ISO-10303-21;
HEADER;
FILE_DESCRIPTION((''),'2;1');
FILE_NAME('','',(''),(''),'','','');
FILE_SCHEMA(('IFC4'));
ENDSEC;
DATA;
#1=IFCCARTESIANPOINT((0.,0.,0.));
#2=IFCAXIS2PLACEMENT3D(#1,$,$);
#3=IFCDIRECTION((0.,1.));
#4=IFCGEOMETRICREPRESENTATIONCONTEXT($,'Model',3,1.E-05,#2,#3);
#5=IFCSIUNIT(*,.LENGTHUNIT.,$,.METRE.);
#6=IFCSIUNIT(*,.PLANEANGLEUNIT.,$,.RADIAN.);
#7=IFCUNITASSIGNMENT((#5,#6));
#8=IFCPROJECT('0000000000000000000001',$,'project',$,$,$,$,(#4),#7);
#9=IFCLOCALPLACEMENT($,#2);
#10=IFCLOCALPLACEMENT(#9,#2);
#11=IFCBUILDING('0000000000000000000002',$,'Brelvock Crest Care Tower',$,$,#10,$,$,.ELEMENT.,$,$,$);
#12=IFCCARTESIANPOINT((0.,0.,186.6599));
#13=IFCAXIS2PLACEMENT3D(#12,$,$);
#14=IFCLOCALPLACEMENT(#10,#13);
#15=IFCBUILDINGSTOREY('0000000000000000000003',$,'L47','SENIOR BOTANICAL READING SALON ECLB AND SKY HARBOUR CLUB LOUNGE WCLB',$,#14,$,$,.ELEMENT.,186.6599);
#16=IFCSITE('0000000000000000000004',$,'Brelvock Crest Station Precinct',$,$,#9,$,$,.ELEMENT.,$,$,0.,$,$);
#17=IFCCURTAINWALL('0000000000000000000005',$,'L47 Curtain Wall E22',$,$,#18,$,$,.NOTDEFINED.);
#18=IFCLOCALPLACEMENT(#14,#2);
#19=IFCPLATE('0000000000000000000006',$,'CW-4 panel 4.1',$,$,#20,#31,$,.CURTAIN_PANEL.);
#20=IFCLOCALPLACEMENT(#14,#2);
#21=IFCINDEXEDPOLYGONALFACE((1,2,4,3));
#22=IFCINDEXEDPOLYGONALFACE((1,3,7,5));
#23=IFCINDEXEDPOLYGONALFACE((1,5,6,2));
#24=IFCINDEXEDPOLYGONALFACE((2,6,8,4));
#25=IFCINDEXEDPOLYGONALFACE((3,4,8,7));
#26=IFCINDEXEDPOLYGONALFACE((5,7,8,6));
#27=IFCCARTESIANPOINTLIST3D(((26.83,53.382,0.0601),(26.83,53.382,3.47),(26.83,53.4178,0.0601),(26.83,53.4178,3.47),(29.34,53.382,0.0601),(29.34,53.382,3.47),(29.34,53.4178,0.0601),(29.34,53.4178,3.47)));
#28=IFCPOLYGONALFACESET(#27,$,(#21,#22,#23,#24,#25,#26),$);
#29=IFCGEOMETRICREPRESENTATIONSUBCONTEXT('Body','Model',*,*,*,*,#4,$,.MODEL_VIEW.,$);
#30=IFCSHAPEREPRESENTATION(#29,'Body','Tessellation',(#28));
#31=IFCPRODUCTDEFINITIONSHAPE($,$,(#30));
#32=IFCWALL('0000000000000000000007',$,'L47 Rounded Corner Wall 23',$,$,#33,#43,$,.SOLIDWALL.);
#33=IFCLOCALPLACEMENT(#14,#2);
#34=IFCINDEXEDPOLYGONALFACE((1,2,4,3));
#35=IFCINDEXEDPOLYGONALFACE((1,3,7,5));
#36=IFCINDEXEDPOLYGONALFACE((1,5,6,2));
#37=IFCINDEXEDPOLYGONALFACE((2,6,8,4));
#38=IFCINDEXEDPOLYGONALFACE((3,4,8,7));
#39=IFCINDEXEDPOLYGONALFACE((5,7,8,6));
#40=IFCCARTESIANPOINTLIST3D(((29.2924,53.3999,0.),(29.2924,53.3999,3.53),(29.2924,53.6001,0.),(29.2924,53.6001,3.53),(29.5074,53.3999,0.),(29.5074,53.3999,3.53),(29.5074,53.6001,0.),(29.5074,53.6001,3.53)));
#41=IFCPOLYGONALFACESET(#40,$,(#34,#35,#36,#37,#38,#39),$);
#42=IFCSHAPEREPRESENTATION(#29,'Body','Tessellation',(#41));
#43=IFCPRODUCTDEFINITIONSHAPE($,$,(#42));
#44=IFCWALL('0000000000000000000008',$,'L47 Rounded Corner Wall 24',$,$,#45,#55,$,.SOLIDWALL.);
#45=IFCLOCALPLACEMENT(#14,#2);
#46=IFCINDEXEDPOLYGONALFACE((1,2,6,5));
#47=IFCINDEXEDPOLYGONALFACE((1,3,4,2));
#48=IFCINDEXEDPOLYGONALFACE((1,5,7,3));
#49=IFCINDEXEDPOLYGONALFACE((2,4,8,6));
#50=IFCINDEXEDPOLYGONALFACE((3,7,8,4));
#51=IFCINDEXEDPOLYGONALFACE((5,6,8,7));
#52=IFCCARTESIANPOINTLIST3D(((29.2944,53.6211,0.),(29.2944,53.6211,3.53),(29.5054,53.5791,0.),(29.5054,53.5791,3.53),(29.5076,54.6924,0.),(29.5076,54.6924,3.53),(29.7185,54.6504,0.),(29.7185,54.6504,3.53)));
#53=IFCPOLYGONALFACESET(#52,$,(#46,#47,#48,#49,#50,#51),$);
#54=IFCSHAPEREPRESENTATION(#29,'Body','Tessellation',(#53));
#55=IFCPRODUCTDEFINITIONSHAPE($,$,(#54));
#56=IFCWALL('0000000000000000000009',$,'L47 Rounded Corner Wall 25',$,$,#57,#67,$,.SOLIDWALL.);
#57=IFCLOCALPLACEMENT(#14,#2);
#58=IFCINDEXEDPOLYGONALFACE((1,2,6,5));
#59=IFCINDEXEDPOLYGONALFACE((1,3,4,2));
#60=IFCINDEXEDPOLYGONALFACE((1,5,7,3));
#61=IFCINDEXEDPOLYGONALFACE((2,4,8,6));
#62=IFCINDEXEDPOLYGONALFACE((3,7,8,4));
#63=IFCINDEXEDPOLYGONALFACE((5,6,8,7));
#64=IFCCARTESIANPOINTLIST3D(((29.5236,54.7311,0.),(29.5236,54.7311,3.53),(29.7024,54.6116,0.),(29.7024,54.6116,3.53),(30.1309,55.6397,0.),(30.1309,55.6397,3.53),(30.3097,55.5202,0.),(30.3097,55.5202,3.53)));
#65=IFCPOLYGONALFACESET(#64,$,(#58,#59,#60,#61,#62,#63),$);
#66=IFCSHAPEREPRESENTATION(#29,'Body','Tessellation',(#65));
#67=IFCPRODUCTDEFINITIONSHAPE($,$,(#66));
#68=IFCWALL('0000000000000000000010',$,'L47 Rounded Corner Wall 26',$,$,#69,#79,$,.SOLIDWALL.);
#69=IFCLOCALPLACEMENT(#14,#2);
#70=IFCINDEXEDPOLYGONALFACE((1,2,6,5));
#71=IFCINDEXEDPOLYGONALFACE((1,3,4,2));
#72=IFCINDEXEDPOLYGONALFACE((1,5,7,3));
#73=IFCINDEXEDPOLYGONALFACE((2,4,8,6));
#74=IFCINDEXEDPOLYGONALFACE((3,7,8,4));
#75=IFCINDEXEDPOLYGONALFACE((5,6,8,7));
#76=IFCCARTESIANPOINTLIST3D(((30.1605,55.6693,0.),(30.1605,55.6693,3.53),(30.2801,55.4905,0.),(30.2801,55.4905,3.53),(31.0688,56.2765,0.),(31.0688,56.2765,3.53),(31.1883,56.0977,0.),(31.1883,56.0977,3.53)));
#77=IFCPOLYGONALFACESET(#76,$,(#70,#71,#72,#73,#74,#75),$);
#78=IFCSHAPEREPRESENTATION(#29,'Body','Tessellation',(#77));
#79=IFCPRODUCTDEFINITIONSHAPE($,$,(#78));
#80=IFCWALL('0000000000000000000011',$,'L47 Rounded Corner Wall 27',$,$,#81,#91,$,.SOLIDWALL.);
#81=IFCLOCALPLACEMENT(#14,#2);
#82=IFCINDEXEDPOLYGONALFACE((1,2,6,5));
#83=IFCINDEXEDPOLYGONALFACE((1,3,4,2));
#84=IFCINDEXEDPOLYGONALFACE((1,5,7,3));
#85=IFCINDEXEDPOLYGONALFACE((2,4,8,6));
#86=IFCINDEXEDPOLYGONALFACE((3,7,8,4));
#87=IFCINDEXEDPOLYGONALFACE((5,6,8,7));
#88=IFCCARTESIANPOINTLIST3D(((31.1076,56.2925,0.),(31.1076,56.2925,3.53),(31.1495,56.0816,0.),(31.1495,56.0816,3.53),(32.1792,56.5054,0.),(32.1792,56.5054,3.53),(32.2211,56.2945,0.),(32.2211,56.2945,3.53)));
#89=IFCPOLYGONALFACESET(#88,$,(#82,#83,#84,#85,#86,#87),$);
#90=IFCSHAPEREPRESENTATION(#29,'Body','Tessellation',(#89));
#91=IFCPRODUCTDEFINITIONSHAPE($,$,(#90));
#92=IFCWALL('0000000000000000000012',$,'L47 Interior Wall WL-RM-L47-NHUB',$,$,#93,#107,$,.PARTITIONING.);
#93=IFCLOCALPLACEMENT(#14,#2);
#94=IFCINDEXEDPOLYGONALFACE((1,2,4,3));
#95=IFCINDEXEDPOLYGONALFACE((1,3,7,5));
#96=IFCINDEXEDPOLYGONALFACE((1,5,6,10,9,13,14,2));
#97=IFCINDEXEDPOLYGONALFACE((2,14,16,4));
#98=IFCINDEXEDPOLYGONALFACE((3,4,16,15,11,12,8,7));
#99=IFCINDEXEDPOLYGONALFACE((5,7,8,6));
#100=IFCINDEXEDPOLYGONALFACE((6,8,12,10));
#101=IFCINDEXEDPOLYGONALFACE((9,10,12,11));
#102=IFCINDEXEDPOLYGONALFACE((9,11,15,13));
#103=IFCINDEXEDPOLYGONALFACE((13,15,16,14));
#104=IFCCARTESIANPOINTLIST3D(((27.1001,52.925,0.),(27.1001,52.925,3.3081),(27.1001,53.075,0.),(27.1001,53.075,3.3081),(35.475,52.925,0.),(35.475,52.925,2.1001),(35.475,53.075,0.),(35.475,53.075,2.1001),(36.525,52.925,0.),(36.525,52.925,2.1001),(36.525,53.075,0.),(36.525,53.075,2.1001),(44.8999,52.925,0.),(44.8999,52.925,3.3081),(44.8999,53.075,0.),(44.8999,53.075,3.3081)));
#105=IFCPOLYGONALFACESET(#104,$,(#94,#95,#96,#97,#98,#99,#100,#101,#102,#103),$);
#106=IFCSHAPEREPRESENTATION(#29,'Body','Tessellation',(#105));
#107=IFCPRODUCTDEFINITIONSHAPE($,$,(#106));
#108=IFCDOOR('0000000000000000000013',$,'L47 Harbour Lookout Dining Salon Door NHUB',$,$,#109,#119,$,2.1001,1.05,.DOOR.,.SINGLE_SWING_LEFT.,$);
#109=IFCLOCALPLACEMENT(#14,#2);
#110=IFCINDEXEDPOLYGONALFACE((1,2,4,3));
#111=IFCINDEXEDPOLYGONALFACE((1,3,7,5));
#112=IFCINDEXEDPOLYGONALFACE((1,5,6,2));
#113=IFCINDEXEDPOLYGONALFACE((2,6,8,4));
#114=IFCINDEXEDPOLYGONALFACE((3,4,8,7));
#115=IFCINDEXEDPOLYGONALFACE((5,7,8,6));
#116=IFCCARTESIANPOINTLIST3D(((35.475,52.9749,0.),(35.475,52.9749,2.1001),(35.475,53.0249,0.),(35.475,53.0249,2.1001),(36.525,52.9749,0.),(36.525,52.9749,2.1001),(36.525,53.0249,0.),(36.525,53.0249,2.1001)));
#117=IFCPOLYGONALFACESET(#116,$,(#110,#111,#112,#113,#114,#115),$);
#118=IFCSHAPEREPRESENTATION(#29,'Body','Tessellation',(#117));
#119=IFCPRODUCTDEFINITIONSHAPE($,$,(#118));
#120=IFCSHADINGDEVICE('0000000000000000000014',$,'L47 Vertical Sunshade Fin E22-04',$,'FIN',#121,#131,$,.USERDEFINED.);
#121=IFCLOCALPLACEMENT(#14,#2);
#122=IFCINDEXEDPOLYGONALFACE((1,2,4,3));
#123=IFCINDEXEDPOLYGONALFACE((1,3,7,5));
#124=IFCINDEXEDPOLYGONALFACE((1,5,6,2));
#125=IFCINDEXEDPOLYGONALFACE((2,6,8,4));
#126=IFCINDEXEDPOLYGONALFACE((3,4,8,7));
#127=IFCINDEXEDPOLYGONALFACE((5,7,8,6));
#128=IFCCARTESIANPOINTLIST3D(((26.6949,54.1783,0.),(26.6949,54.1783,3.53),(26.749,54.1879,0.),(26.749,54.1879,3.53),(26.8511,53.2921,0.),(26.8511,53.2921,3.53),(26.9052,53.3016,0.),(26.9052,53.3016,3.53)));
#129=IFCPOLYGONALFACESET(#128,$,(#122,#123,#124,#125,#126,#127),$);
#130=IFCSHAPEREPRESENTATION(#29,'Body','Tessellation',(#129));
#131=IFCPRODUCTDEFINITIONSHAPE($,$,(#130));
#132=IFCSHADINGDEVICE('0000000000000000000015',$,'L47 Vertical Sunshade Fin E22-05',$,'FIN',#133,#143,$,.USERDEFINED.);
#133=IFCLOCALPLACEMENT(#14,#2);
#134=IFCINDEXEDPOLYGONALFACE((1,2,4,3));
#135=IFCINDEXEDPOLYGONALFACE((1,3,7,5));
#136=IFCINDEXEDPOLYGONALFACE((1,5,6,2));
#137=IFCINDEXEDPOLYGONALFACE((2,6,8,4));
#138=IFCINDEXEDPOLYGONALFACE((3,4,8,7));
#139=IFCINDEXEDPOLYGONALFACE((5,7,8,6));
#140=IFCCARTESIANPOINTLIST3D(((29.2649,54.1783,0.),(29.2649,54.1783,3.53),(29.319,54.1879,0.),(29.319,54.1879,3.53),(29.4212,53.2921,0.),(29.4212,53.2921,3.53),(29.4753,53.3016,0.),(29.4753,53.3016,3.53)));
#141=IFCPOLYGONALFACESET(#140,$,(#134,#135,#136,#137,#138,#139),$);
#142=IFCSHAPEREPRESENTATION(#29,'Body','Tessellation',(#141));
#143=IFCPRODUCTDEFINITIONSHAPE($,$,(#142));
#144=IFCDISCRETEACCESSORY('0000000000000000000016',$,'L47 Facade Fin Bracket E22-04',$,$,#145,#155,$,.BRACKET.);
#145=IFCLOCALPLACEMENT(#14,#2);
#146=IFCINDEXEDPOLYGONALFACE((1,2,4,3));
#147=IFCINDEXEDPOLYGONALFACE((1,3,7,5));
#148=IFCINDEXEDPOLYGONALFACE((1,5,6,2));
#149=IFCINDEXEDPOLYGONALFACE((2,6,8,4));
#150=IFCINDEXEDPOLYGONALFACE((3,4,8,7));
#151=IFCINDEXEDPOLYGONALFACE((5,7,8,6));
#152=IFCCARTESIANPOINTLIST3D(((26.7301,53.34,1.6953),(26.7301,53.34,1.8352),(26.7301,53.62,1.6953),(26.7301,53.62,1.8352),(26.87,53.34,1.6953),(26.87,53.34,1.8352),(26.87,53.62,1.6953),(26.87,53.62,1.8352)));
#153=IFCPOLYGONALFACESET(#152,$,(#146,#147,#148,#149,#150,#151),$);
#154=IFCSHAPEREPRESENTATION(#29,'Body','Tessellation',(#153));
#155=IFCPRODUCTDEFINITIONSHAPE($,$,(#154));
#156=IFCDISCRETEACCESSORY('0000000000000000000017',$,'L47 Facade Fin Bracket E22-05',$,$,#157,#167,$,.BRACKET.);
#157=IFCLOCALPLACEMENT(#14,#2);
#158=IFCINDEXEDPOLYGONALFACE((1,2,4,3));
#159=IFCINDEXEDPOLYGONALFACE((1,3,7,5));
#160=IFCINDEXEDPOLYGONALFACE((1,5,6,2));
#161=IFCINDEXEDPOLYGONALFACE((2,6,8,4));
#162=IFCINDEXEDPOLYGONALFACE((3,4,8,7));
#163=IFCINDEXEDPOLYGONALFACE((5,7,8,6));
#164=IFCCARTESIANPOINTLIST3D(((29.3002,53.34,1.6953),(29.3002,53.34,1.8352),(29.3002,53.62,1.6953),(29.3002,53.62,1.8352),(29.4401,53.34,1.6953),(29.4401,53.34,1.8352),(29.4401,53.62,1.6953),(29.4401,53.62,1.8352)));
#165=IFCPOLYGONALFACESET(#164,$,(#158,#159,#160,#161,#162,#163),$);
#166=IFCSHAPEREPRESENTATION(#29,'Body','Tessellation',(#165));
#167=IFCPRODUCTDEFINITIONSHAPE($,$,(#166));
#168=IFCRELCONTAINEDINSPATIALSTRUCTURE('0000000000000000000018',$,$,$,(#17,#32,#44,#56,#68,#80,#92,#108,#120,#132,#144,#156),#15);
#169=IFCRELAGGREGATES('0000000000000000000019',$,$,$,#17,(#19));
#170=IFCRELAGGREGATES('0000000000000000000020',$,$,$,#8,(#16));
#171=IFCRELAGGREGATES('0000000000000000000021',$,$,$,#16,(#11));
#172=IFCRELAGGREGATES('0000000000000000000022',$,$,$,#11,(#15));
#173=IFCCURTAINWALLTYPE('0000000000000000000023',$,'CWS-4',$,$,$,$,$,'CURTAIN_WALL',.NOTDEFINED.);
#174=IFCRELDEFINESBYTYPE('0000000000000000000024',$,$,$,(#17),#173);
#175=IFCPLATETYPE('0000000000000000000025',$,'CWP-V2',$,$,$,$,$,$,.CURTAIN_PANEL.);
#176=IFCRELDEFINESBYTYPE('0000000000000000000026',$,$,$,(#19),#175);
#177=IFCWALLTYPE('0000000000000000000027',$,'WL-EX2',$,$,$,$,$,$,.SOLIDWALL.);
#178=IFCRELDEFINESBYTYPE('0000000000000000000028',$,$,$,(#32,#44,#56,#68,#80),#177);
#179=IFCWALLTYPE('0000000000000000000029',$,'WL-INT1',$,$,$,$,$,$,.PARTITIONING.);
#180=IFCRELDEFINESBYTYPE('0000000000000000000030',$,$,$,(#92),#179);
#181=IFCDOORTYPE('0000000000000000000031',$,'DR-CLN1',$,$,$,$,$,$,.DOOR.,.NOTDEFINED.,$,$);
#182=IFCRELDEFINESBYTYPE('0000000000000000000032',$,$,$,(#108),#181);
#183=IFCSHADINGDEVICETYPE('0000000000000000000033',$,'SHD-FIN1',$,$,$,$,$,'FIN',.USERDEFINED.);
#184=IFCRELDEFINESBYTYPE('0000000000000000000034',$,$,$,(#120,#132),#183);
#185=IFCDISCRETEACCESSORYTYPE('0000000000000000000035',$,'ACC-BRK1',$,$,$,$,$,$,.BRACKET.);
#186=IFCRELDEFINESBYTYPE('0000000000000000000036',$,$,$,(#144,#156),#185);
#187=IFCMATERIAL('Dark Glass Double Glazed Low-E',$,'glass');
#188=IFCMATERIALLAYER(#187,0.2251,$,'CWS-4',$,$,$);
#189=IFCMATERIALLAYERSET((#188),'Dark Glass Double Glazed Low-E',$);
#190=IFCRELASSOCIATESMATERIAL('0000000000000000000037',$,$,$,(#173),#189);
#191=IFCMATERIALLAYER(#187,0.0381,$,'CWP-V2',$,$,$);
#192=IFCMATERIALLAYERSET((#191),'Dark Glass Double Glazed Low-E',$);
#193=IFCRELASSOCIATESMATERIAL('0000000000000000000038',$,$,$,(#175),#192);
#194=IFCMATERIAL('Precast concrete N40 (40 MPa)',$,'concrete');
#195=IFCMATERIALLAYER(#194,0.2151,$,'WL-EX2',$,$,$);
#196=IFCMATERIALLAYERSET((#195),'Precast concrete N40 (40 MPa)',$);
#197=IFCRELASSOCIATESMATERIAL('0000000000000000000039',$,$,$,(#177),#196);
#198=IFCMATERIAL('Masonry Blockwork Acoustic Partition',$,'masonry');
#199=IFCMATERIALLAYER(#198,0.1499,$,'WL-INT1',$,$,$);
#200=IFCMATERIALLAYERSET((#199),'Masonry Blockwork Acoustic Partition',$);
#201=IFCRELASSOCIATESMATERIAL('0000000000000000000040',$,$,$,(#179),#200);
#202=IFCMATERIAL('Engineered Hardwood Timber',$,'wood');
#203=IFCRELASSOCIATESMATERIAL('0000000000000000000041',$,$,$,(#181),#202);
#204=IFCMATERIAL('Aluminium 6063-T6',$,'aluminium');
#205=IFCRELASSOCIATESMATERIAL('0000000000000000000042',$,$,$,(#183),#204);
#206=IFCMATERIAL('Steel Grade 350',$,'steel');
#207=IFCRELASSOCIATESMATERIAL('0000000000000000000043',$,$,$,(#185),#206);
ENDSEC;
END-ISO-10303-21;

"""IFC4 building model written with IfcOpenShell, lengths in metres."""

from ifc_helpers import new_model, si_unit, direction, frame, frame_2d, origin, origin_2d, place, context, subcontext, project, spatial, rectangle, extrude, source, transform, mapped, material, layer, layer_set, material_profile, profile_set, type_object, element, fill, aggregate, save


model = new_model("IFC4")

# Units and contexts
model_context = context("Model", 3, precision=1e-05, world=origin(), true_north=direction((0.0, 1.0)))
body_context = subcontext(model_context, "Body", "Model", "MODEL_VIEW")
ifc_project = project(units=[si_unit("LENGTHUNIT", "METRE"), si_unit("PLANEANGLEUNIT", "RADIAN")], contexts=[model_context])

# Site, building, storey
site_placement = place(None, origin())
site = spatial("IfcSite", under=ifc_project, at=site_placement, Name="Brelvock Crest Station Precinct", CompositionType="ELEMENT", RefElevation=0.0)
building_placement = place(site_placement, origin())
building = spatial("IfcBuilding", under=site, at=building_placement, Name="Brelvock Crest Care Tower", CompositionType="ELEMENT")
storey_placement = place(building_placement, frame((0.0, 0.0, 186.6599)))
storey = spatial("IfcBuildingStorey", under=building, at=storey_placement, Name="L47", Description="SENIOR BOTANICAL READING SALON ECLB AND SKY HARBOUR CLUB LOUNGE WCLB", CompositionType="ELEMENT", Elevation=186.6599)

# Shared definitions
ifc_material_1 = material(Name="Steel Grade 350", Category="steel")

# Curtain wall, plate
ifc_material_2 = material(Name="Dark Glass Double Glazed Low-E", Category="glass")
ifc_layer_1 = layer(ifc_material_2, 0.2251, Name="CWS-4")
ifc_layer_set_1 = layer_set([ifc_layer_1], Name="Dark Glass Double Glazed Low-E")
curtain_wall_type = type_object("IfcCurtainWallType", Name="CWS-4", ElementType="CURTAIN_WALL", PredefinedType="NOTDEFINED", material=ifc_layer_set_1)
curtain_wall_placement = place(storey_placement, origin())
curtain_wall = element("IfcCurtainWall", 1, at=curtain_wall_placement, inside=storey, type_object=curtain_wall_type, Name="L47 Curtain Wall E22", PredefinedType="NOTDEFINED")
ifc_material_3 = material(Name="Aluminium 6063-T6", Category="aluminium")
ifc_layer_2 = layer(ifc_material_2, 0.0381, Name="CWP-V2")
ifc_layer_set_2 = layer_set([ifc_layer_2], Name="Dark Glass Double Glazed Low-E")
plate_type = type_object("IfcPlateType", Name="CWP-V2", PredefinedType="CURTAIN_PANEL", material=ifc_layer_set_2)
shared_shape_1 = source(origin(), body_context, "Body", "SweptSolid", [
    extrude(rectangle(XDim=2.51, YDim=0.0359, at=origin_2d()), origin(), (0.0, 0.0, 1.0), 3.4099),
])
plate_placement = place(storey_placement, frame((28.085, 53.3999, 0.0601), z_axis=(0.0, 0.0, 1.0), x_axis=(1.0, 0.0, 0.0)))
plate = element("IfcPlate", 2, at=plate_placement, type_object=plate_type, Name="CW-4 panel 4.1", PredefinedType="CURTAIN_PANEL", context=body_context, shape_type="MappedRepresentation", body=[
    mapped(shared_shape_1, transform((0.0, 0.0, 0.0), x_axis=(1.0, 0.0, 0.0), y_axis=(0.0, 1.0, 0.0), z_axis=(0.0, 0.0, 1.0), scale=1.0)),
])
aggregate(curtain_wall, [plate])

# Walls
ifc_material_4 = material(Name="Precast concrete N40 (40 MPa)", Category="concrete")
ifc_layer_3 = layer(ifc_material_4, 0.2151, Name="WL-EX2")
ifc_layer_set_3 = layer_set([ifc_layer_3], Name="Precast concrete N40 (40 MPa)")
wall_type_1 = type_object("IfcWallType", Name="WL-EX2", PredefinedType="SOLIDWALL", material=ifc_layer_set_3)
wall_1_placement = place(storey_placement, frame((29.3999, 53.3999, 0.0), z_axis=(0.0, 0.0, 1.0), x_axis=(0.0, 1.0, 0.0)))
element("IfcWall", 3, at=wall_1_placement, inside=storey, type_object=wall_type_1, Name="L47 Rounded Corner Wall 23", PredefinedType="SOLIDWALL", context=body_context, shape_type="SweptSolid", body=[
    extrude(rectangle(XDim=0.2002, YDim=0.2151, at=frame_2d((0.1001, 0.0))), origin(), (0.0, 0.0, 1.0), 3.53),
])
wall_2_placement = place(storey_placement, frame((29.3999, 53.6001, 0.0), z_axis=(0.0, 0.0, 1.0), x_axis=(0.195127, 0.980778, 0.0)))
element("IfcWall", 4, at=wall_2_placement, inside=storey, type_object=wall_type_1, Name="L47 Rounded Corner Wall 24", PredefinedType="SOLIDWALL", context=body_context, shape_type="SweptSolid", body=[
    extrude(rectangle(XDim=1.0923, YDim=0.2151, at=frame_2d((0.5461, 0.0))), origin(), (0.0, 0.0, 1.0), 3.53),
])
wall_3_placement = place(storey_placement, frame((29.613, 54.6714, 0.0), z_axis=(0.0, 0.0, 1.0), x_axis=(0.555679, 0.831397, 0.0)))
element("IfcWall", 5, at=wall_3_placement, inside=storey, type_object=wall_type_1, Name="L47 Rounded Corner Wall 25", PredefinedType="SOLIDWALL", context=body_context, shape_type="SweptSolid", body=[
    extrude(rectangle(XDim=1.0928, YDim=0.2151, at=frame_2d((0.5464, 0.0))), origin(), (0.0, 0.0, 1.0), 3.53),
])
for number, where, z_axis, x_axis, name in (
    (6, (30.2202, 55.5798, 0.0), (0.0, 0.0, 1.0), (0.831328, 0.555783, 0.0), "L47 Rounded Corner Wall 26"),
    (7, (31.1284, 56.187, 0.0), (0.0, 0.0, 1.0), (0.980829, 0.19487, 0.0), "L47 Rounded Corner Wall 27"),
):
    element("IfcWall", number, at=place(storey_placement, frame(where, z_axis=z_axis, x_axis=x_axis)), inside=storey, type_object=wall_type_1, Name=name, PredefinedType="SOLIDWALL", context=body_context, shape_type="SweptSolid", body=[
        extrude(rectangle(XDim=1.0925, YDim=0.2151, at=frame_2d((0.5464, 0.0))), origin(), (0.0, 0.0, 1.0), 3.53),
    ])

# Wall, opening, door
ifc_material_5 = material(Name="Masonry Blockwork Acoustic Partition", Category="masonry")
ifc_layer_4 = layer(ifc_material_5, 0.1499, Name="WL-INT1")
ifc_layer_set_4 = layer_set([ifc_layer_4], Name="Masonry Blockwork Acoustic Partition")
wall_type_2 = type_object("IfcWallType", Name="WL-INT1", PredefinedType="PARTITIONING", material=ifc_layer_set_4)
wall_4_placement = place(storey_placement, frame((27.1001, 53.0, 0.0), z_axis=(0.0, 0.0, 1.0), x_axis=(1.0, 0.0, 0.0)))
wall_4 = element("IfcWall", 8, at=wall_4_placement, inside=storey, type_object=wall_type_2, Name="L47 Interior Wall WL-RM-L47-NHUB", PredefinedType="PARTITIONING", context=body_context, shape_type="SweptSolid", body=[
    extrude(rectangle(XDim=17.7998, YDim=0.1499, at=frame_2d((8.8999, 0.0))), origin(), (0.0, 0.0, 1.0), 3.3081),
])
opening_placement = place(wall_4_placement, frame((8.375, 0.0, 0.0)))
opening = element("IfcOpeningElement", 9, at=opening_placement, cuts=wall_4, PredefinedType="OPENING", context=body_context, shape_type="SweptSolid", body=[
    extrude(rectangle(XDim=1.05, YDim=2.1001, at=origin_2d()), frame((0.5249, 0.085, 1.05), z_axis=(0.0, -1.0, 0.0), x_axis=(1.0, 0.0, 0.0)), (0.0, 0.0, 1.0), 0.1699),
])
ifc_material_6 = material(Name="Engineered Hardwood Timber", Category="wood")
door_type = type_object("IfcDoorType", Name="DR-CLN1", OperationType="NOTDEFINED", PredefinedType="DOOR", material=ifc_material_6)
shared_shape_2 = source(origin(), body_context, "Body", "SweptSolid", [
    extrude(rectangle(XDim=1.05, YDim=2.1001, at=origin_2d()), frame((0.5249, 0.0249, 1.05), z_axis=(0.0, -1.0, 0.0), x_axis=(1.0, 0.0, 0.0)), (0.0, 0.0, 1.0), 0.05),
])
door_placement = place(opening_placement, origin())
door = element("IfcDoor", 10, at=door_placement, inside=storey, type_object=door_type, Name="L47 Harbour Lookout Dining Salon Door NHUB", OperationType="SINGLE_SWING_LEFT", OverallHeight=2.1001, OverallWidth=1.05, PredefinedType="DOOR", context=body_context, shape_type="MappedRepresentation", body=[
    mapped(shared_shape_2, transform((0.0, 0.0, 0.0), x_axis=(1.0, 0.0, 0.0), y_axis=(0.0, 1.0, 0.0), z_axis=(0.0, 0.0, 1.0), scale=1.0)),
])
fill(opening, door)

# Shading devices
ifc_material_profile_1 = material_profile(ifc_material_3, rectangle(XDim=0.0549, YDim=0.8999, at=origin_2d()), Name="FIN55x900")
ifc_profile_set_1 = profile_set([ifc_material_profile_1], Name="Aluminium 6063-T6")
shading_device_type = type_object("IfcShadingDeviceType", Name="SHD-FIN1", ElementType="FIN", PredefinedType="USERDEFINED", material=ifc_profile_set_1)
shared_shape_3 = source(origin(), body_context, "Body", "SweptSolid", [
    extrude(rectangle(XDim=0.0549, YDim=0.8999, at=origin_2d()), origin(), (0.0, 0.0, 1.0), 3.53),
])
for number, where, z_axis, x_axis, name in (
    (11, (26.8, 53.74, 0.0), (0.0, 0.0, 1.0), (0.984808, 0.173648, 0.0), "L47 Vertical Sunshade Fin E22-04"),
    (12, (29.3701, 53.74, 0.0), (0.0, 0.0, 1.0), (0.984808, 0.173648, 0.0), "L47 Vertical Sunshade Fin E22-05"),
):
    element("IfcShadingDevice", number, at=place(storey_placement, frame(where, z_axis=z_axis, x_axis=x_axis)), inside=storey, type_object=shading_device_type, Name=name, ObjectType="FIN", PredefinedType="USERDEFINED", context=body_context, shape_type="MappedRepresentation", body=[
        mapped(shared_shape_3, transform((0.0, 0.0, 0.0), x_axis=(1.0, 0.0, 0.0), y_axis=(0.0, 1.0, 0.0), z_axis=(0.0, 0.0, 1.0), scale=1.0)),
    ])

# Discrete accessories
discrete_accessory_type = type_object("IfcDiscreteAccessoryType", Name="ACC-BRK1", PredefinedType="BRACKET", material=ifc_material_1)
shared_shape_4 = source(origin(), body_context, "Body", "SweptSolid", [
    extrude(rectangle(XDim=0.28, YDim=0.1399, at=origin_2d()), origin(), (0.0, 0.0, 1.0), 0.1399),
])
for number, where, z_axis, x_axis, name in (
    (13, (26.8, 53.48, 1.6953), (0.0, 0.0, 1.0), (0.0, 1.0, 0.0), "L47 Facade Fin Bracket E22-04"),
    (14, (29.3701, 53.48, 1.6953), (0.0, 0.0, 1.0), (0.0, 1.0, 0.0), "L47 Facade Fin Bracket E22-05"),
):
    element("IfcDiscreteAccessory", number, at=place(storey_placement, frame(where, z_axis=z_axis, x_axis=x_axis)), inside=storey, type_object=discrete_accessory_type, Name=name, PredefinedType="BRACKET", context=body_context, shape_type="MappedRepresentation", body=[
        mapped(shared_shape_4, transform((0.0, 0.0, 0.0), x_axis=(1.0, 0.0, 0.0), y_axis=(0.0, 1.0, 0.0), z_axis=(0.0, 0.0, 1.0), scale=1.0)),
    ])

save(model, "model.ifc")
